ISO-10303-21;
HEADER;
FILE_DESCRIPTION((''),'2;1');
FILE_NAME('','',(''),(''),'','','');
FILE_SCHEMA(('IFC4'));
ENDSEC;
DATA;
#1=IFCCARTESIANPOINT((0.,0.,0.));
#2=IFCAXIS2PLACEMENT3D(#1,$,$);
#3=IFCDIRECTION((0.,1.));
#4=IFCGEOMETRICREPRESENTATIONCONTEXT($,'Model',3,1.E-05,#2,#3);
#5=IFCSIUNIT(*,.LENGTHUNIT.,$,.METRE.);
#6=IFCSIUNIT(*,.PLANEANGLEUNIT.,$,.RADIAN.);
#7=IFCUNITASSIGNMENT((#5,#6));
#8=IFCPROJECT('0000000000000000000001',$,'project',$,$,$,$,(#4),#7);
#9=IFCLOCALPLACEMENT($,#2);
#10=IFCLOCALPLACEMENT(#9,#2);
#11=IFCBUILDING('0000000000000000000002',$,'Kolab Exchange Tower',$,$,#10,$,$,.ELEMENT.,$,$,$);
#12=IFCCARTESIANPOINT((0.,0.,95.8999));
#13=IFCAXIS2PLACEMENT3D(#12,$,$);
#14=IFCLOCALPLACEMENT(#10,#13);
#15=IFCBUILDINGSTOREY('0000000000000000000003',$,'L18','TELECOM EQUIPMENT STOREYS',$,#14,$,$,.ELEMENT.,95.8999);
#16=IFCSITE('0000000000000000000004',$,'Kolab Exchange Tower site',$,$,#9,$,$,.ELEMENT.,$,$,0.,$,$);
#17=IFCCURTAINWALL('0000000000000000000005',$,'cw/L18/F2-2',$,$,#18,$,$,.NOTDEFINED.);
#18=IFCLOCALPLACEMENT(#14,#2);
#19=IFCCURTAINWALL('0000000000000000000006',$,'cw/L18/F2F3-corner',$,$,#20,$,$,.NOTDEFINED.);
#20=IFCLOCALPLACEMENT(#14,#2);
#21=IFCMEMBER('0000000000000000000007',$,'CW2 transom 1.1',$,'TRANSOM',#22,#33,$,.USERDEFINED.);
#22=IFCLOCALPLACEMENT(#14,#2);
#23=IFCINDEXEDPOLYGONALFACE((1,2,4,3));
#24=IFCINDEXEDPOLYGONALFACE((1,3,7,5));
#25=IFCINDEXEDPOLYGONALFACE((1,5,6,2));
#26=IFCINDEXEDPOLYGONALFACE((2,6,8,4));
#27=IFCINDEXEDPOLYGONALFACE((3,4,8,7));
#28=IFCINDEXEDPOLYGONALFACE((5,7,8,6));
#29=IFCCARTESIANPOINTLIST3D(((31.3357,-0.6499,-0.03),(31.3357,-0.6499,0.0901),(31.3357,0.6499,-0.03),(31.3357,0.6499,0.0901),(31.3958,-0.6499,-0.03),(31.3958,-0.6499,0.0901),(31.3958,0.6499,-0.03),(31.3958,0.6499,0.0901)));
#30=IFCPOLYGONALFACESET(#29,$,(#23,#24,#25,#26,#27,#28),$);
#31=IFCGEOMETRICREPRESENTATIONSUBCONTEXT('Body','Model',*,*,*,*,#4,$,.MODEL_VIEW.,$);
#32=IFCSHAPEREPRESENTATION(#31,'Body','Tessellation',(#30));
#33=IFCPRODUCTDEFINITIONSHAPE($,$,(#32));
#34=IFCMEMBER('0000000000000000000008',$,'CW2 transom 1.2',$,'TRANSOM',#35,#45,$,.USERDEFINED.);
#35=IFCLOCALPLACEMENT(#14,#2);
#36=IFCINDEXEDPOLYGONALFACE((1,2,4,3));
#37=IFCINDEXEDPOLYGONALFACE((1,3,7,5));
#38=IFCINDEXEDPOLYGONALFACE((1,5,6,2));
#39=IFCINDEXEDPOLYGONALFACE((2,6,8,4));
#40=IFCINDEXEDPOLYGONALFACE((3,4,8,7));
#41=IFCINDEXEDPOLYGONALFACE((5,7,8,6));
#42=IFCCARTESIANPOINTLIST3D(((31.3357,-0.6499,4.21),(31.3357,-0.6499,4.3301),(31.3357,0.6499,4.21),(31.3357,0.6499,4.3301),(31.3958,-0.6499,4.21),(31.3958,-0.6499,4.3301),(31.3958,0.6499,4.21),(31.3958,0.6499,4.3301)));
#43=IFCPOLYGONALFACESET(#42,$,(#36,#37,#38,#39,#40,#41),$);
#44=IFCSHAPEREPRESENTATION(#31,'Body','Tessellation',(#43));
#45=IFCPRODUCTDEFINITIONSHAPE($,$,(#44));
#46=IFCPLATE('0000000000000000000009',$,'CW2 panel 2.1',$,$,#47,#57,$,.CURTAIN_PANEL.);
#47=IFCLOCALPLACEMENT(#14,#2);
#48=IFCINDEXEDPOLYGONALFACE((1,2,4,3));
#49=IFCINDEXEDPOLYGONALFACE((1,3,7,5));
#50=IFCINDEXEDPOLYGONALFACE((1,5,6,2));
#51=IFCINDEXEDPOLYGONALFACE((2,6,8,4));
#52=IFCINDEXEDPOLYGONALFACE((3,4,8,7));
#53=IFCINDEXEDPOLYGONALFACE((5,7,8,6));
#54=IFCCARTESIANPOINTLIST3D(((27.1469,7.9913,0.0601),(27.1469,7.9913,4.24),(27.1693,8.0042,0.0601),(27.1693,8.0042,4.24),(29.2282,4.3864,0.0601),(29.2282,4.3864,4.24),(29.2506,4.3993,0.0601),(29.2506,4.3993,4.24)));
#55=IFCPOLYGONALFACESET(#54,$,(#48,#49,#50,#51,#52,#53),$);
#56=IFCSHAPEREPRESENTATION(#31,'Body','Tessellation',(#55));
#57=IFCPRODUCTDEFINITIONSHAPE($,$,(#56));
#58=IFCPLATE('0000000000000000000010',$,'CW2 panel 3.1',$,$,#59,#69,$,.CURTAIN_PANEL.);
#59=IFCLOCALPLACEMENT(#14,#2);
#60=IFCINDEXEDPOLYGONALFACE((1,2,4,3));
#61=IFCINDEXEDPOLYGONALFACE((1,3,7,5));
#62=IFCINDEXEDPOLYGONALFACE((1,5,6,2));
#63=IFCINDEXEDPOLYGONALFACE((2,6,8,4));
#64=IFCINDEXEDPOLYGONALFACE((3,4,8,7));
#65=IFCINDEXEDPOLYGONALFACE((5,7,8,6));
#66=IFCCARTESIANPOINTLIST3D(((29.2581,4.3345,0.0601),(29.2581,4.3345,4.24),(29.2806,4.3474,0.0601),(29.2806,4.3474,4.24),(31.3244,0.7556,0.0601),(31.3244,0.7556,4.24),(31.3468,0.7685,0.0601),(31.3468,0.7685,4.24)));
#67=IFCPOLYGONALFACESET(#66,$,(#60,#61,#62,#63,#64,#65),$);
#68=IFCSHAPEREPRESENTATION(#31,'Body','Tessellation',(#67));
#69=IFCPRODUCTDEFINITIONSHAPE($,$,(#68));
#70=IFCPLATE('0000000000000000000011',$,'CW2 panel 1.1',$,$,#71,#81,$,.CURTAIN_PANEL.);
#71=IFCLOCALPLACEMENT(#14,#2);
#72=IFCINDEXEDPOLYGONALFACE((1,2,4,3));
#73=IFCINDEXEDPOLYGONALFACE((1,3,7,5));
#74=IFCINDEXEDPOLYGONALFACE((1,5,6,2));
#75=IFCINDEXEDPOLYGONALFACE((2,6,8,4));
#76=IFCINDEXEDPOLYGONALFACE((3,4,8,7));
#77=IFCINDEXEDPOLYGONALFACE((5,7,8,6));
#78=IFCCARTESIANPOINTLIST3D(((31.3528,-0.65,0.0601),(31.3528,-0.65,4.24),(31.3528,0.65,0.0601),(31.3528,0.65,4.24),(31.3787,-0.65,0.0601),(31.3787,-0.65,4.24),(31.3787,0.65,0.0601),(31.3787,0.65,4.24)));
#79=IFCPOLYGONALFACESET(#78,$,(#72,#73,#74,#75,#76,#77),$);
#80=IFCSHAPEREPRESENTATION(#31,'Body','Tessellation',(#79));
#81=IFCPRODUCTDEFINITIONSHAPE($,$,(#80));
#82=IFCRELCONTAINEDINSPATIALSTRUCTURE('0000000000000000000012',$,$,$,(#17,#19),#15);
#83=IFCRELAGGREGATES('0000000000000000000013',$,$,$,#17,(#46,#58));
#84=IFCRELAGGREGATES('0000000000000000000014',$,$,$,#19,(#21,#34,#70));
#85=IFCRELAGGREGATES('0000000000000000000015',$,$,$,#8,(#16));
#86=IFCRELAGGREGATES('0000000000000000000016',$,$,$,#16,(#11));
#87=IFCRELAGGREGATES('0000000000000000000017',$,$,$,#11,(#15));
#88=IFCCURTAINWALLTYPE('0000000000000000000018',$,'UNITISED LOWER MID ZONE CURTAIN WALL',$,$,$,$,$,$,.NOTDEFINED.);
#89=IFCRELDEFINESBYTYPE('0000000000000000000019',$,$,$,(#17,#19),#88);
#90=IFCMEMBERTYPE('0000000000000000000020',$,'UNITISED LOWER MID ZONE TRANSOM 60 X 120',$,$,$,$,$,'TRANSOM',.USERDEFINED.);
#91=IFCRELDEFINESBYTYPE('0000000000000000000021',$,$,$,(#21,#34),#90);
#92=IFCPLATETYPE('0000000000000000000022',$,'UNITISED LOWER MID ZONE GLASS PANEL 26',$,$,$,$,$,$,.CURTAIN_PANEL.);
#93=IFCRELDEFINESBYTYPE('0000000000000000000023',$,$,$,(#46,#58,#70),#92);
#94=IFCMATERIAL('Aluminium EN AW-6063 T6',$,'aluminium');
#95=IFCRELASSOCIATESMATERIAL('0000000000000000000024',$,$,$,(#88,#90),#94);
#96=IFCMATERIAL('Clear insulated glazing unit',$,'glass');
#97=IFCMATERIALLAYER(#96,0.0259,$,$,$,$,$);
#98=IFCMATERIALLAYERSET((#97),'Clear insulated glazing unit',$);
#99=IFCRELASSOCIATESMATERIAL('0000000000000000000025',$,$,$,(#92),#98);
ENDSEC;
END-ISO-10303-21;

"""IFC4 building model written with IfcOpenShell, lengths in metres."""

from ifc_helpers import new_model, si_unit, direction, frame, origin, origin_2d, place, context, subcontext, project, spatial, rectangle, extrude, material, layer, layer_set, material_profile, profile_set, type_object, element, aggregate, save


model = new_model("IFC4")

# Units and contexts
model_context = context("Model", 3, precision=1e-05, world=origin(), true_north=direction((0.0, 1.0)))
body_context = subcontext(model_context, "Body", "Model", "MODEL_VIEW")
ifc_project = project(units=[si_unit("LENGTHUNIT", "METRE"), si_unit("PLANEANGLEUNIT", "RADIAN")], contexts=[model_context])

# Site, building, storey
site_placement = place(None, origin())
site = spatial("IfcSite", under=ifc_project, at=site_placement, Name="Kolab Exchange Tower site", CompositionType="ELEMENT", RefElevation=0.0)
building_placement = place(site_placement, origin())
building = spatial("IfcBuilding", under=site, at=building_placement, Name="Kolab Exchange Tower", CompositionType="ELEMENT")
storey_placement = place(building_placement, frame((0.0, 0.0, 95.8999)))
storey = spatial("IfcBuildingStorey", under=building, at=storey_placement, Name="L18", Description="TELECOM EQUIPMENT STOREYS", CompositionType="ELEMENT", Elevation=95.8999)

# Curtain wall
ifc_material_1 = material(Name="Aluminium EN AW-6063 T6", Category="aluminium")
curtain_wall_type = type_object("IfcCurtainWallType", Name="UNITISED LOWER MID ZONE CURTAIN WALL", PredefinedType="NOTDEFINED", material=ifc_material_1)
curtain_wall_1_placement = place(storey_placement, origin())
curtain_wall_1 = element("IfcCurtainWall", 1, at=curtain_wall_1_placement, inside=storey, type_object=curtain_wall_type, Name="cw/L18/F2-2", PredefinedType="NOTDEFINED")

# Curtain wall
curtain_wall_2_placement = place(storey_placement, origin())
curtain_wall_2 = element("IfcCurtainWall", 2, at=curtain_wall_2_placement, inside=storey, type_object=curtain_wall_type, Name="cw/L18/F2F3-corner", PredefinedType="NOTDEFINED")

# Members
ifc_material_profile_1 = material_profile(ifc_material_1, rectangle(XDim=0.0601, YDim=0.1201, at=origin_2d()), Name="RECT 60X120")
ifc_profile_set_1 = profile_set([ifc_material_profile_1], Name="Aluminium EN AW-6063 T6")
member_type_1 = type_object("IfcMemberType", Name="UNITISED LOWER MID ZONE TRANSOM 60 X 120", ElementType="TRANSOM", PredefinedType="USERDEFINED", material=ifc_profile_set_1)
member_1_placement = place(storey_placement, frame((31.3657, 0.6499, 0.03), z_axis=(0.0, -1.0, 0.0), x_axis=(1.0, 0.0, 0.0)))
member_1 = element("IfcMember", 3, at=member_1_placement, type_object=member_type_1, Name="CW2 transom 1.1", ObjectType="TRANSOM", PredefinedType="USERDEFINED", context=body_context, shape_type="SweptSolid", body=[
    extrude(rectangle(XDim=0.0601, YDim=0.1201, at=origin_2d()), origin(), (0.0, 0.0, 1.0), 1.2998),
])
member_2_placement = place(storey_placement, frame((31.3657, 0.6499, 4.27), z_axis=(0.0, -1.0, 0.0), x_axis=(1.0, 0.0, 0.0)))
member_2 = element("IfcMember", 4, at=member_2_placement, type_object=member_type_1, Name="CW2 transom 1.2", ObjectType="TRANSOM", PredefinedType="USERDEFINED", context=body_context, shape_type="SweptSolid", body=[
    extrude(rectangle(XDim=0.0601, YDim=0.1201, at=origin_2d()), origin(), (0.0, 0.0, 1.0), 1.2998),
])

# Plates
ifc_material_2 = material(Name="Clear insulated glazing unit", Category="glass")
ifc_layer = layer(ifc_material_2, 0.0259)
ifc_layer_set = layer_set([ifc_layer], Name="Clear insulated glazing unit")
plate_type = type_object("IfcPlateType", Name="UNITISED LOWER MID ZONE GLASS PANEL 26", PredefinedType="CURTAIN_PANEL", material=ifc_layer_set)
plate_1_placement = place(storey_placement, frame((28.1987, 6.1953, 0.0601), z_axis=(0.0, 0.0, 1.0), x_axis=(0.5, -0.866025, 0.0)))
plate_1 = element("IfcPlate", 5, at=plate_1_placement, type_object=plate_type, Name="CW2 panel 2.1", PredefinedType="CURTAIN_PANEL", context=body_context, shape_type="SweptSolid", body=[
    extrude(rectangle(XDim=4.1626, YDim=0.0259, at=origin_2d()), origin(), (0.0, 0.0, 1.0), 4.1799),
])
plate_2_placement = place(storey_placement, frame((30.3025, 2.5515, 0.0601), z_axis=(0.0, 0.0, 1.0), x_axis=(0.5, -0.866025, 0.0)))
plate_2 = element("IfcPlate", 6, at=plate_2_placement, type_object=plate_type, Name="CW2 panel 3.1", PredefinedType="CURTAIN_PANEL", context=body_context, shape_type="SweptSolid", body=[
    extrude(rectangle(XDim=4.1326, YDim=0.0259, at=origin_2d()), origin(), (0.0, 0.0, 1.0), 4.1799),
])
aggregate(curtain_wall_1, [plate_1, plate_2])
plate_3_placement = place(storey_placement, frame((31.3657, 0.0, 0.0601), z_axis=(0.0, 0.0, 1.0), x_axis=(0.0, -1.0, 0.0)))
plate_3 = element("IfcPlate", 7, at=plate_3_placement, type_object=plate_type, Name="CW2 panel 1.1", PredefinedType="CURTAIN_PANEL", context=body_context, shape_type="SweptSolid", body=[
    extrude(rectangle(XDim=1.3, YDim=0.0259, at=origin_2d()), origin(), (0.0, 0.0, 1.0), 4.1799),
])
aggregate(curtain_wall_2, [member_1, member_2, plate_3])

save(model, "model.ifc")
